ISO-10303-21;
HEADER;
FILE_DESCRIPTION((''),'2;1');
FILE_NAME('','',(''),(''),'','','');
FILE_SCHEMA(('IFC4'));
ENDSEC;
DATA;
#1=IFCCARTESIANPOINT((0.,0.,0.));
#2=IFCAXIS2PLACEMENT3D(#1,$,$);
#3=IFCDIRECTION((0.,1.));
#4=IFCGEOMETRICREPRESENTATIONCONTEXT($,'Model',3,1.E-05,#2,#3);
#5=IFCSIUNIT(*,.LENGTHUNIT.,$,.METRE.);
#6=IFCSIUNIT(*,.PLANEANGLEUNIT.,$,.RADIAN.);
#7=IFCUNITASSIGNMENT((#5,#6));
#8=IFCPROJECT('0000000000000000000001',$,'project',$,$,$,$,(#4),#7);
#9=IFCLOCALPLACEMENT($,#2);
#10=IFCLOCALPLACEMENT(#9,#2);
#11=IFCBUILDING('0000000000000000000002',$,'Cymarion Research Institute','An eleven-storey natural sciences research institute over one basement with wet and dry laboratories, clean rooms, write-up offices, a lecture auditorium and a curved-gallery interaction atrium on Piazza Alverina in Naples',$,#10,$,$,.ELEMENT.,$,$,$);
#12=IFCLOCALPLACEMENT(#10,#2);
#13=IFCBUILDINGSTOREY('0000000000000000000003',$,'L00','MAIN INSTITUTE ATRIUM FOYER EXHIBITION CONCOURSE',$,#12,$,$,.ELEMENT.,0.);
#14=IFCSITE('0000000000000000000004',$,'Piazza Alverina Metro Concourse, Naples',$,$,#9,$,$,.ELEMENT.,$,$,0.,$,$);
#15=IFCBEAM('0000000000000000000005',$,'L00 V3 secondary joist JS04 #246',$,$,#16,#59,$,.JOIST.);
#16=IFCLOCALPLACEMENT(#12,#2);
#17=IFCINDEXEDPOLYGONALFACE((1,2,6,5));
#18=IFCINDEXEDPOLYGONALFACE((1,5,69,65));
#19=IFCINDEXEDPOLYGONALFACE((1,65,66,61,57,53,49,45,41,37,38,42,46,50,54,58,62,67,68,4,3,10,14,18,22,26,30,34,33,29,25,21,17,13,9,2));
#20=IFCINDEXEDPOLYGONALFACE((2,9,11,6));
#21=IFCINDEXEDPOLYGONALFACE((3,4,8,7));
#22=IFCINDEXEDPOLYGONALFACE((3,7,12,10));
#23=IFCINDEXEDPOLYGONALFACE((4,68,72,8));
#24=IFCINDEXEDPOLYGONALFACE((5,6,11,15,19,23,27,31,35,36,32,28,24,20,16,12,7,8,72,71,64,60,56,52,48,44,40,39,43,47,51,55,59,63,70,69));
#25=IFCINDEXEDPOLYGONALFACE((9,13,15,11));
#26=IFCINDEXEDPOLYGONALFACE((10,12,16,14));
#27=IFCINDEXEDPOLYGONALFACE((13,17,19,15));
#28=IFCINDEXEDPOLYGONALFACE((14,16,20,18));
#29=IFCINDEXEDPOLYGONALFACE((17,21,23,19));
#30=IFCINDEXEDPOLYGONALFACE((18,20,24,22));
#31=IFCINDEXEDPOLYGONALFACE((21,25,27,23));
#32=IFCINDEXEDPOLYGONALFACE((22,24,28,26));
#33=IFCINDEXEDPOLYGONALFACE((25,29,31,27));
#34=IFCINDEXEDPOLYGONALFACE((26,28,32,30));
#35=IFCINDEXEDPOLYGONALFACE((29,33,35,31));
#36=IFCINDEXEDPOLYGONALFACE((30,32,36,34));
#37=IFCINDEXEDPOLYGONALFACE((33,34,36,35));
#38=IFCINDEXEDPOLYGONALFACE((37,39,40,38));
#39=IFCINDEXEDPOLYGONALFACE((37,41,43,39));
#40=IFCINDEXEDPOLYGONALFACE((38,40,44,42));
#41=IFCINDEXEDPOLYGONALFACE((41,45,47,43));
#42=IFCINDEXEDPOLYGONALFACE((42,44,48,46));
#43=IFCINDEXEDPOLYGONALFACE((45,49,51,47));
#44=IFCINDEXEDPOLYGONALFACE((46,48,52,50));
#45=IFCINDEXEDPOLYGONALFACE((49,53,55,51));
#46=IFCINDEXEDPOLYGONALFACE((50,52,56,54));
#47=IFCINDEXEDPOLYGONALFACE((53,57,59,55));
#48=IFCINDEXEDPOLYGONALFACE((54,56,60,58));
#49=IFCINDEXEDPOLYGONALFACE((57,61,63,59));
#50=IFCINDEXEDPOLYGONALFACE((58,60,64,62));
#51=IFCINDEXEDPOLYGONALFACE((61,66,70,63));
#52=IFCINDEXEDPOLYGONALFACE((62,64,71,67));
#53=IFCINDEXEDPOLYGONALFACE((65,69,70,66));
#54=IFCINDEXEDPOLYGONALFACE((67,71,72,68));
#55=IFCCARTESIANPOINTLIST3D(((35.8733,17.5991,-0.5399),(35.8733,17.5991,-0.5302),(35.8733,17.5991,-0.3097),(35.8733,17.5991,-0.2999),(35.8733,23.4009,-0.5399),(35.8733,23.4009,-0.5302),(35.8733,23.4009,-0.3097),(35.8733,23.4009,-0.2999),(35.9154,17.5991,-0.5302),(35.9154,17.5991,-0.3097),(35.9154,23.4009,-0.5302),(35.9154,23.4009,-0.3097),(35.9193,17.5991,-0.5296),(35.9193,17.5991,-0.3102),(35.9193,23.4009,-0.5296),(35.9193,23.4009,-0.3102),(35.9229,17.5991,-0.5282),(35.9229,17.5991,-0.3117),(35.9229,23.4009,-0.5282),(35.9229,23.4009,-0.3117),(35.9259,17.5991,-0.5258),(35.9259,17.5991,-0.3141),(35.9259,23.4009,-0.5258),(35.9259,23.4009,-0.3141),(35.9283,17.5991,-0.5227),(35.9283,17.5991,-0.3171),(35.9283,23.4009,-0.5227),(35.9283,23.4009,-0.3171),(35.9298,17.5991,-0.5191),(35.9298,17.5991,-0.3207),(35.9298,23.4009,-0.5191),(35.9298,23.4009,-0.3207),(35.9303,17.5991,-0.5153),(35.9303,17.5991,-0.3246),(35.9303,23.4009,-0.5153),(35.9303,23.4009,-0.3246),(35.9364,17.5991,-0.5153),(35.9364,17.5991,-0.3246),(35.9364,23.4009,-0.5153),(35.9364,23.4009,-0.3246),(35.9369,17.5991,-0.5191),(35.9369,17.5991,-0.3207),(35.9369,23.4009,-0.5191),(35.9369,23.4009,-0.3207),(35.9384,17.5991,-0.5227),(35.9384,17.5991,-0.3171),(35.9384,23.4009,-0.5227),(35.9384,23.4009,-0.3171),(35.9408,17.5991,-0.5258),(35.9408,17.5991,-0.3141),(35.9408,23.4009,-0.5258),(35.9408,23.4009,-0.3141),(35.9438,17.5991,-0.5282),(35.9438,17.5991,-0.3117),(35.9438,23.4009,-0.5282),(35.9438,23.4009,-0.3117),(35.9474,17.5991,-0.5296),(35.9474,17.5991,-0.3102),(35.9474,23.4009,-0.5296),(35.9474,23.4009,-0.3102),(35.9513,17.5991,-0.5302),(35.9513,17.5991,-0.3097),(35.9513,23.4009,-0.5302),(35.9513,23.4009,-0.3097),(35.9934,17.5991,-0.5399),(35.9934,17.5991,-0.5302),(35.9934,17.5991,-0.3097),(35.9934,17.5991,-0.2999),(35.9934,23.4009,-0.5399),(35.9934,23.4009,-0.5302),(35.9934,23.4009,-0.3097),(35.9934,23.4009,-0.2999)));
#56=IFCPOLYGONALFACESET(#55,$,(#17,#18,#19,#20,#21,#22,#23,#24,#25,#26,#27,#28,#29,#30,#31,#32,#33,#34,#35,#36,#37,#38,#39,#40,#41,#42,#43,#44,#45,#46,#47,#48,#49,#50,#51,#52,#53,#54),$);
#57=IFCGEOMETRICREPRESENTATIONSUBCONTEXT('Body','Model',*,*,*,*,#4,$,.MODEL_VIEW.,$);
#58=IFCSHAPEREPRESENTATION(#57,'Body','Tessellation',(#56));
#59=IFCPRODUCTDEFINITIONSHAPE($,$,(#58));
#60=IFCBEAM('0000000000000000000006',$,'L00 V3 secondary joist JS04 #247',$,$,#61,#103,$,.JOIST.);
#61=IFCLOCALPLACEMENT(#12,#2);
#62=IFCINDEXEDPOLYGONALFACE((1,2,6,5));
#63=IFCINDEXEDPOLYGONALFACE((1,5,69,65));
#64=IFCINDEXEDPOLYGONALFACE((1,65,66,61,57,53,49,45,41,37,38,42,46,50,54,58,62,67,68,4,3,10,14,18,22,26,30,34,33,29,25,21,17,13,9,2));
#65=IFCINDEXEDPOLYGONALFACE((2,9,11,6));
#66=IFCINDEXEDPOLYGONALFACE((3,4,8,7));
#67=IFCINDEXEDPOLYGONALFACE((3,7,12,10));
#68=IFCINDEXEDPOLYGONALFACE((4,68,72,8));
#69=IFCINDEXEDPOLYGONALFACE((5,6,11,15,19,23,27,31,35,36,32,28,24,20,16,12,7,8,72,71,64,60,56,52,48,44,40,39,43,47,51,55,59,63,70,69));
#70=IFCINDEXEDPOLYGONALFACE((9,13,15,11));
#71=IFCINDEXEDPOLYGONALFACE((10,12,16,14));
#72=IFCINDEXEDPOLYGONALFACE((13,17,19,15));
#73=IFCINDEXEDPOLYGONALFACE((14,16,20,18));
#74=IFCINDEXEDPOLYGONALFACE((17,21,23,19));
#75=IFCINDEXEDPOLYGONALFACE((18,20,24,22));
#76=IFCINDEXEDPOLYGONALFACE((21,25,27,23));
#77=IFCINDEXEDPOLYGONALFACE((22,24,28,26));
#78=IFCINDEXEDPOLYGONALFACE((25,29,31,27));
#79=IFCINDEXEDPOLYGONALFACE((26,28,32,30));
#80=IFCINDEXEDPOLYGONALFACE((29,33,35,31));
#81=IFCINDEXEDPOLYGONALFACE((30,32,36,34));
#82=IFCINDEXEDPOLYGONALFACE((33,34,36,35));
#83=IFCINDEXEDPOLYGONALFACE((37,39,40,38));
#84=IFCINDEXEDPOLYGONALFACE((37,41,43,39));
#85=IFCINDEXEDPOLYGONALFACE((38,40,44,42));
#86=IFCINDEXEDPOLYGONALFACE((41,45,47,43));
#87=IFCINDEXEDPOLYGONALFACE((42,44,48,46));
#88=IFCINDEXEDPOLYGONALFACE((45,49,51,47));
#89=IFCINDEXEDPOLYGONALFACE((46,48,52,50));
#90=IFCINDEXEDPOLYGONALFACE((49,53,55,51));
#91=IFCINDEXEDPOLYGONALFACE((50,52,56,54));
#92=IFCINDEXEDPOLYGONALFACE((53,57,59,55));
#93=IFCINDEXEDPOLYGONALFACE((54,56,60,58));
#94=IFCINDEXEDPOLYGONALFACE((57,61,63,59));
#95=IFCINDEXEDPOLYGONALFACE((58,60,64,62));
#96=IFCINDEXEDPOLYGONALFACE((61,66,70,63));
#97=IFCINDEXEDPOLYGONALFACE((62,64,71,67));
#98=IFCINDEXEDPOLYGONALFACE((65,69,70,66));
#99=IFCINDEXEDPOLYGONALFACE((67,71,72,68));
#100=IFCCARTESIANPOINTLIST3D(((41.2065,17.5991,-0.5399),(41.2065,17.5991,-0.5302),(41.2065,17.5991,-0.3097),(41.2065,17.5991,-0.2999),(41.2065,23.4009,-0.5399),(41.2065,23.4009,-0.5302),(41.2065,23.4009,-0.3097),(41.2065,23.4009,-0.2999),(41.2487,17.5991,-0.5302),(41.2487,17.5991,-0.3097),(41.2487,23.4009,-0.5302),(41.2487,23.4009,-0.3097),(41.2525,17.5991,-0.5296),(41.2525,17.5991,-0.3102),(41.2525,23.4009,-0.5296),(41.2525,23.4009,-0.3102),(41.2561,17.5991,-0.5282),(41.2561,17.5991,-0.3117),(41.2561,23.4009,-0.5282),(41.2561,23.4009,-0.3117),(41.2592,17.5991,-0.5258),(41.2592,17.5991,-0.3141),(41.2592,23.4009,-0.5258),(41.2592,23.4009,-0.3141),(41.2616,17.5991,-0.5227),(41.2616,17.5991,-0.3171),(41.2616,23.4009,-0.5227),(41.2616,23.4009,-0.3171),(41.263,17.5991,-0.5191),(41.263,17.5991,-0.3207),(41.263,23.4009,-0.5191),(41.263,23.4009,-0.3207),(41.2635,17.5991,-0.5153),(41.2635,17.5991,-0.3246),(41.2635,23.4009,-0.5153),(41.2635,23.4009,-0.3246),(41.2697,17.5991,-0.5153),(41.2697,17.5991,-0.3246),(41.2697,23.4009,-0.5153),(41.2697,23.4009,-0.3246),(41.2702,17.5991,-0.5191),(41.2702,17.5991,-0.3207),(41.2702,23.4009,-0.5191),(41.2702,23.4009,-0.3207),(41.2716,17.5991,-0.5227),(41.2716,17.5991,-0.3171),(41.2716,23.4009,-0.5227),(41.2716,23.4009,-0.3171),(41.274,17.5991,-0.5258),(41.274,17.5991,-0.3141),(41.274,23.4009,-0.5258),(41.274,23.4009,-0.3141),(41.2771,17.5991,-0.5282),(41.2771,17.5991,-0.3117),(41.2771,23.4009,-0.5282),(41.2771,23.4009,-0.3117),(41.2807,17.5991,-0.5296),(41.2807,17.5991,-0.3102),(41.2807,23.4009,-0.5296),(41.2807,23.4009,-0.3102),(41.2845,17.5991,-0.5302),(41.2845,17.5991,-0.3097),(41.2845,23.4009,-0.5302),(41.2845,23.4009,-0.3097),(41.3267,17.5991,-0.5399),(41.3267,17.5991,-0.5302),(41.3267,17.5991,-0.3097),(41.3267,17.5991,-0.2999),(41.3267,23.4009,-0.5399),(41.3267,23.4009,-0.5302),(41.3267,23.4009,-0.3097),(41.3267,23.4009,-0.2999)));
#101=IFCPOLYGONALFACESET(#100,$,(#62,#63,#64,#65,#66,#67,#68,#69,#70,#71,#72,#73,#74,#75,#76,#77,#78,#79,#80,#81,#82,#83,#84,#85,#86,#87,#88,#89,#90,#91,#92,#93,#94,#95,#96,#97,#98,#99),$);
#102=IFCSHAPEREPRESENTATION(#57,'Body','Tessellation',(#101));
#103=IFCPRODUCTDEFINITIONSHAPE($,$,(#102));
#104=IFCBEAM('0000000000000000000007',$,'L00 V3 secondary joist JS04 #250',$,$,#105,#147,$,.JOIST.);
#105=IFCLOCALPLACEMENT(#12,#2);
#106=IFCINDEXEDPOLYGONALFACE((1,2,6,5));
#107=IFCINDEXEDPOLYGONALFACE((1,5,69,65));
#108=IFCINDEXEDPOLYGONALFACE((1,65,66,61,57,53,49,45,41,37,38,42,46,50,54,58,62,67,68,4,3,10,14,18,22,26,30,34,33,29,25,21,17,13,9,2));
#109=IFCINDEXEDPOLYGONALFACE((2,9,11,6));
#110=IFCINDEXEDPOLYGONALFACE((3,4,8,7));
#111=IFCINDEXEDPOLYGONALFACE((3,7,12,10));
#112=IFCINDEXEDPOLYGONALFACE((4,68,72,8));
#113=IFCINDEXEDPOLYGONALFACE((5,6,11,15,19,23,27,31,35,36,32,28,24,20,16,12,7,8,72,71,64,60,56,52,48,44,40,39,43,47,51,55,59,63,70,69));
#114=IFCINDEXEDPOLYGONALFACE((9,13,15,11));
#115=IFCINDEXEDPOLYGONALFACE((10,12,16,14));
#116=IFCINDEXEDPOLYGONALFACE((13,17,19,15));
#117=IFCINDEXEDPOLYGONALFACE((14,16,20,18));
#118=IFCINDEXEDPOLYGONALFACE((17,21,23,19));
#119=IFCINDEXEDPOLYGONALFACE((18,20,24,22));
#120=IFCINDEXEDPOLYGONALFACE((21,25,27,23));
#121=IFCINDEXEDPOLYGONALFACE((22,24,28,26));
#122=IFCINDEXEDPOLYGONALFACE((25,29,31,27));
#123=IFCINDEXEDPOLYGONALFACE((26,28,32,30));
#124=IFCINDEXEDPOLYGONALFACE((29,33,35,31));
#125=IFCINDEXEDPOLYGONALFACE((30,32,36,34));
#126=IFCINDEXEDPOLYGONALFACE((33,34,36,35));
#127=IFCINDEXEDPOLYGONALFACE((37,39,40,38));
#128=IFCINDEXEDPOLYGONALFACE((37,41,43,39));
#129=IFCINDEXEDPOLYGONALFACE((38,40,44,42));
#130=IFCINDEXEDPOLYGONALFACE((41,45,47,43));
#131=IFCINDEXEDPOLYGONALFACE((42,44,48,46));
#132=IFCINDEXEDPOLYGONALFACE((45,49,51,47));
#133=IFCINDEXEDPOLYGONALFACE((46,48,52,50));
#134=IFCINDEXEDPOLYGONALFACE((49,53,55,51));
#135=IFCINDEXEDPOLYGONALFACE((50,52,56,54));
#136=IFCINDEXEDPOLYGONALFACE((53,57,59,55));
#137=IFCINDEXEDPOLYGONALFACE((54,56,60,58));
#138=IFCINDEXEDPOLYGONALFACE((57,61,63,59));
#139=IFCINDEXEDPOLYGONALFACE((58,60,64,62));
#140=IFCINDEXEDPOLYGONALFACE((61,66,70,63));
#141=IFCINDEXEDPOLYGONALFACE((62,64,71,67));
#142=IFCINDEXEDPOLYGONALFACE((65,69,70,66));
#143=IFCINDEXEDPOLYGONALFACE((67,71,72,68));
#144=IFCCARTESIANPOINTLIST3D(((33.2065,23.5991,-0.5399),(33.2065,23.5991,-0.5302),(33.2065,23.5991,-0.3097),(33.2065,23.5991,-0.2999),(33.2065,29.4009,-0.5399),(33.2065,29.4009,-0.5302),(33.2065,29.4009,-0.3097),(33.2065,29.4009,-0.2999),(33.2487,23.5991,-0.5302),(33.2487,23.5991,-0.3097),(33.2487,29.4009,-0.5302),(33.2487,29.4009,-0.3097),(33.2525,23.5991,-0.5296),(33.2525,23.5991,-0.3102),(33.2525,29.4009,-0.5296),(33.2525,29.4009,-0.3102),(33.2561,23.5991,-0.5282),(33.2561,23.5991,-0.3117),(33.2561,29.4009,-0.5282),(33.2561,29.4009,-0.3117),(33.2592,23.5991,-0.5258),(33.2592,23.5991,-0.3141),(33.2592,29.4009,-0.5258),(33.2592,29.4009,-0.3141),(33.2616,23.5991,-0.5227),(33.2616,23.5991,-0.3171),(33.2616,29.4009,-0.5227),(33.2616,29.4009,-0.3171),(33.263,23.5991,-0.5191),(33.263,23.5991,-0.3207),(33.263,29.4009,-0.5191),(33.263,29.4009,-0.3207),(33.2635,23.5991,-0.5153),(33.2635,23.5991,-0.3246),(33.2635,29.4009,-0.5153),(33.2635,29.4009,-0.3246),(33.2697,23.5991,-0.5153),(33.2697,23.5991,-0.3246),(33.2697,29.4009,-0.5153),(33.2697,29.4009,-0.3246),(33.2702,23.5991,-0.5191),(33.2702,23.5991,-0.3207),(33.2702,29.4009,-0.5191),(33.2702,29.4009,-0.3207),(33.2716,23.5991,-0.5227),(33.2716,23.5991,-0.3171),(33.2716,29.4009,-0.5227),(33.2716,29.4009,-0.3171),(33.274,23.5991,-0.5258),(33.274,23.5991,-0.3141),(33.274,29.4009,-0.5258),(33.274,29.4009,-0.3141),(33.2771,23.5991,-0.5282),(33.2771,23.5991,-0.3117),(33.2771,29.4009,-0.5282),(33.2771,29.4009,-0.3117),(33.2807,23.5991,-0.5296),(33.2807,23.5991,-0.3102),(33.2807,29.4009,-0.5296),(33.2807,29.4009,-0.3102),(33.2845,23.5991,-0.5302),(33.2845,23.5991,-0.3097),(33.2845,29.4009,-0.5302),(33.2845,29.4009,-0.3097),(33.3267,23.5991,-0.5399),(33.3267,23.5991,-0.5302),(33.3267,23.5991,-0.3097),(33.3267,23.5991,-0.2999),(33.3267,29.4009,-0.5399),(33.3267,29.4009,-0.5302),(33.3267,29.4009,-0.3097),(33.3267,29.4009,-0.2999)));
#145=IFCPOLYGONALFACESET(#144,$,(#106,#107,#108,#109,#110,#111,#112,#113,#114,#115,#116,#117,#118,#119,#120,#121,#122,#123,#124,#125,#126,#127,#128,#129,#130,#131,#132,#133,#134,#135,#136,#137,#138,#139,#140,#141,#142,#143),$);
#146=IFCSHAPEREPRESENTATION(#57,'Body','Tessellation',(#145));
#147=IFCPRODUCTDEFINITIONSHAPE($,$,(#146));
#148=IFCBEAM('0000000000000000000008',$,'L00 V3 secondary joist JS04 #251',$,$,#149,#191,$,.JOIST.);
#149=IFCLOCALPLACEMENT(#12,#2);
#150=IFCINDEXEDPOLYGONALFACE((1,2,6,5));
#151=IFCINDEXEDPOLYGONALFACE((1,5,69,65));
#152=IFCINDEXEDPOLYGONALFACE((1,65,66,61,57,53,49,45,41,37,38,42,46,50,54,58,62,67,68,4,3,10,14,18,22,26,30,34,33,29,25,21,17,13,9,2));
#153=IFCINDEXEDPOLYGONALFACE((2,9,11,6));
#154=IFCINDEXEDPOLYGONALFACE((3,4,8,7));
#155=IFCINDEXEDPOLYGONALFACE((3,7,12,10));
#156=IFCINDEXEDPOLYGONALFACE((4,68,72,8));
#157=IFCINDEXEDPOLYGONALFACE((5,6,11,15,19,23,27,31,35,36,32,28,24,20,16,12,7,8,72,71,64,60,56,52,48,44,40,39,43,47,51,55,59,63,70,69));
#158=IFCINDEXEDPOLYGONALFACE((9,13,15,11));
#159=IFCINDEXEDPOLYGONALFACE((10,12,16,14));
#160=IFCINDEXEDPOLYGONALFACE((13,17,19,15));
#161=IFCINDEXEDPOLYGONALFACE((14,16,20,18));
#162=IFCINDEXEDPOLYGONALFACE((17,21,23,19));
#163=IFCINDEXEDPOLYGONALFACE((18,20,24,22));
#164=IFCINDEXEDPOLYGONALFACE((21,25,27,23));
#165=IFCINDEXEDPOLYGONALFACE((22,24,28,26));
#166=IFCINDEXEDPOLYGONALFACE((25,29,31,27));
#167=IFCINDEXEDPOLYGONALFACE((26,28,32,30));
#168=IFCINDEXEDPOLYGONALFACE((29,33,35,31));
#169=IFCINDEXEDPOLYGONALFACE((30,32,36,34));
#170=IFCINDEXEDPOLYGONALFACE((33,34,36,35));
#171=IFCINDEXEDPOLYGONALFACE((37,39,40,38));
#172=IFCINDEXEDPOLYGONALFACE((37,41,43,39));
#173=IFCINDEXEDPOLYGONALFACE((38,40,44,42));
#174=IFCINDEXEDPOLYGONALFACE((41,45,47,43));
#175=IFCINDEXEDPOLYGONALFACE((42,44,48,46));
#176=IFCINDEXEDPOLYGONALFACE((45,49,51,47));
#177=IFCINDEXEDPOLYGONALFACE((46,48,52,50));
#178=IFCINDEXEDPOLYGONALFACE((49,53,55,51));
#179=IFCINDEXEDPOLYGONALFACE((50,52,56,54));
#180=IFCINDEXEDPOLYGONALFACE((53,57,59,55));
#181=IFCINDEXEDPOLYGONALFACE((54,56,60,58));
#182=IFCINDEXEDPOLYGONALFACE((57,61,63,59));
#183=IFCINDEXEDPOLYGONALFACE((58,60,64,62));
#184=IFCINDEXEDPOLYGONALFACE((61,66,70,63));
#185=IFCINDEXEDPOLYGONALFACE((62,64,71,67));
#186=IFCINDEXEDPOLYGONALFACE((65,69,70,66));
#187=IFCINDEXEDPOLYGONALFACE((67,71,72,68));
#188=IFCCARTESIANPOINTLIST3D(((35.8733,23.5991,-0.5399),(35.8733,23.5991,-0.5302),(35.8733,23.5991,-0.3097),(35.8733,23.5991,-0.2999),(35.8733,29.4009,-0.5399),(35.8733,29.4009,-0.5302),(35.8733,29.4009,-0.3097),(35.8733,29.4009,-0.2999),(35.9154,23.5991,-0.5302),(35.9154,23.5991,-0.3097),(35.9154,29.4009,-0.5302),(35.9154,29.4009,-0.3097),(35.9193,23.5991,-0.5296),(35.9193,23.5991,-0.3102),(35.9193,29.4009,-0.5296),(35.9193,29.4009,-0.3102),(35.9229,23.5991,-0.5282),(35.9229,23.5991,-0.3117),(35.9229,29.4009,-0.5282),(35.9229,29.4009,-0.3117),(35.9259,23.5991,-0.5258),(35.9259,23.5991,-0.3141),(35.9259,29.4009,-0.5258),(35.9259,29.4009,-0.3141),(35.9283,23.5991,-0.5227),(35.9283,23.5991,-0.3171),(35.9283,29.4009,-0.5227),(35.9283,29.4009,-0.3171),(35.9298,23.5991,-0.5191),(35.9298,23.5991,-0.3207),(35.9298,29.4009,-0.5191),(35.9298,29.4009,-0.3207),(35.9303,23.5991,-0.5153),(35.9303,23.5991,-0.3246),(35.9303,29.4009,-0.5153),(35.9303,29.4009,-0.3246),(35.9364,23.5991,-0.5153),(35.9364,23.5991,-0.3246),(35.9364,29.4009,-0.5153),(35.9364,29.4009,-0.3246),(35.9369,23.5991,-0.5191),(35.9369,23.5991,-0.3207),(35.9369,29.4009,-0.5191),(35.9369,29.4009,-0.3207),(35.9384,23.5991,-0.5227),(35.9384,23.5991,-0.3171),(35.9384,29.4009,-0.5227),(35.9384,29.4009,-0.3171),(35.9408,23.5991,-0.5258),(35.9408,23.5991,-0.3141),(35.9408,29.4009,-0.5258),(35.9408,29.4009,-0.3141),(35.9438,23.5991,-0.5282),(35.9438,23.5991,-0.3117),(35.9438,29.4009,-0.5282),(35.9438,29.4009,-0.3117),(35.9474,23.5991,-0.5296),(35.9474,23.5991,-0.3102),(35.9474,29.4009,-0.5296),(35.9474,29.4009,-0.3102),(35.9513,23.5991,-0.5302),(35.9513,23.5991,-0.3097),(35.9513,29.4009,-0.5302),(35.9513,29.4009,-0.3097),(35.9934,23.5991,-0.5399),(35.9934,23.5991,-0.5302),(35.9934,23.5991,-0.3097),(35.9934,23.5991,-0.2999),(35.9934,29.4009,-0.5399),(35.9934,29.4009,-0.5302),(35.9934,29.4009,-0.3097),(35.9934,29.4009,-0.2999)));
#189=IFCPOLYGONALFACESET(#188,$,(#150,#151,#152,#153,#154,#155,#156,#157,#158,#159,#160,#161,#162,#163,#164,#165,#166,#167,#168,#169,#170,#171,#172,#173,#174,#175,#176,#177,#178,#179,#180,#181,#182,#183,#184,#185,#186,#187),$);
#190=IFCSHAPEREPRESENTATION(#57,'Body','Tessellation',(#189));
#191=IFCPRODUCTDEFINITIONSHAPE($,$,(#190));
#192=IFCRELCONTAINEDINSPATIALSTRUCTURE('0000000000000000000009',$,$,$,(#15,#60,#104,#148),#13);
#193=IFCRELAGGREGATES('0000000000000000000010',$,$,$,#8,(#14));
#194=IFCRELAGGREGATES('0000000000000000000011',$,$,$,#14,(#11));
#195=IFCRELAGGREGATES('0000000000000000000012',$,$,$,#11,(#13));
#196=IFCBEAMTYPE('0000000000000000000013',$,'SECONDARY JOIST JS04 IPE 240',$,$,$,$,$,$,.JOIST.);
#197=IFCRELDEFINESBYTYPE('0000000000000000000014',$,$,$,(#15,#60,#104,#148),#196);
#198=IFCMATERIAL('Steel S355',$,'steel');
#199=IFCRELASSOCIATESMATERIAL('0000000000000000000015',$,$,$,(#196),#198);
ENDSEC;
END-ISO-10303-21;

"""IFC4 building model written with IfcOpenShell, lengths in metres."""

from ifc_helpers import new_model, si_unit, direction, frame, origin, origin_2d, place, context, subcontext, project, spatial, i_section, extrude, material, material_profile, profile_set, type_object, element, save


model = new_model("IFC4")

# Units and contexts
model_context = context("Model", 3, precision=1e-05, world=origin(), true_north=direction((0.0, 1.0)))
body_context = subcontext(model_context, "Body", "Model", "MODEL_VIEW")
ifc_project = project(units=[si_unit("LENGTHUNIT", "METRE"), si_unit("PLANEANGLEUNIT", "RADIAN")], contexts=[model_context])

# Site, building, storey
site_placement = place(None, origin())
site = spatial("IfcSite", under=ifc_project, at=site_placement, Name="Piazza Alverina Metro Concourse, Naples", CompositionType="ELEMENT", RefElevation=0.0)
building_placement = place(site_placement, origin())
building = spatial("IfcBuilding", under=site, at=building_placement, Name="Cymarion Research Institute", Description="An eleven-storey natural sciences research institute over one basement with wet and dry laboratories, clean rooms, write-up offices, a lecture auditorium and a curved-gallery interaction atrium on Piazza Alverina in Naples", CompositionType="ELEMENT")
storey_placement = place(building_placement, origin())
storey = spatial("IfcBuildingStorey", under=building, at=storey_placement, Name="L00", Description="MAIN INSTITUTE ATRIUM FOYER EXHIBITION CONCOURSE", CompositionType="ELEMENT", Elevation=0.0)

# Shared definitions
ifc_material_1 = material(Name="Steel S355", Category="steel")

# Beams
ifc_material_profile_1 = material_profile(ifc_material_1, i_section(OverallWidth=0.1201, OverallDepth=0.24, WebThickness=0.0061, FlangeThickness=0.0098, FilletRadius=0.0149, at=origin_2d()), Name="IPE 240")
ifc_profile_set_1 = profile_set([ifc_material_profile_1], Name="Steel S355")
beam_type_1 = type_object("IfcBeamType", Name="SECONDARY JOIST JS04 IPE 240", PredefinedType="JOIST", material=ifc_profile_set_1)
for number, where, z_axis, x_axis, name in (
    (1, (35.9333, 17.5991, -0.4199), (0.0, 1.0, 0.0), (-1.0, 0.0, 0.0), "L00 V3 secondary joist JS04 #246"),
    (2, (41.2666, 17.5991, -0.4199), (0.0, 1.0, 0.0), (-1.0, 0.0, 0.0), "L00 V3 secondary joist JS04 #247"),
    (3, (33.2666, 23.5991, -0.4199), (0.0, 1.0, 0.0), (-1.0, 0.0, 0.0), "L00 V3 secondary joist JS04 #250"),
    (4, (35.9333, 23.5991, -0.4199), (0.0, 1.0, 0.0), (-1.0, 0.0, 0.0), "L00 V3 secondary joist JS04 #251"),
):
    element("IfcBeam", number, at=place(storey_placement, frame(where, z_axis=z_axis, x_axis=x_axis)), inside=storey, type_object=beam_type_1, Name=name, PredefinedType="JOIST", context=body_context, shape_type="SweptSolid", body=[
        extrude(i_section(OverallWidth=0.1201, OverallDepth=0.24, WebThickness=0.0061, FlangeThickness=0.0098, FilletRadius=0.0149, at=origin_2d()), origin(), (0.0, 0.0, 1.0), 5.8018),
    ])

save(model, "model.ifc")
